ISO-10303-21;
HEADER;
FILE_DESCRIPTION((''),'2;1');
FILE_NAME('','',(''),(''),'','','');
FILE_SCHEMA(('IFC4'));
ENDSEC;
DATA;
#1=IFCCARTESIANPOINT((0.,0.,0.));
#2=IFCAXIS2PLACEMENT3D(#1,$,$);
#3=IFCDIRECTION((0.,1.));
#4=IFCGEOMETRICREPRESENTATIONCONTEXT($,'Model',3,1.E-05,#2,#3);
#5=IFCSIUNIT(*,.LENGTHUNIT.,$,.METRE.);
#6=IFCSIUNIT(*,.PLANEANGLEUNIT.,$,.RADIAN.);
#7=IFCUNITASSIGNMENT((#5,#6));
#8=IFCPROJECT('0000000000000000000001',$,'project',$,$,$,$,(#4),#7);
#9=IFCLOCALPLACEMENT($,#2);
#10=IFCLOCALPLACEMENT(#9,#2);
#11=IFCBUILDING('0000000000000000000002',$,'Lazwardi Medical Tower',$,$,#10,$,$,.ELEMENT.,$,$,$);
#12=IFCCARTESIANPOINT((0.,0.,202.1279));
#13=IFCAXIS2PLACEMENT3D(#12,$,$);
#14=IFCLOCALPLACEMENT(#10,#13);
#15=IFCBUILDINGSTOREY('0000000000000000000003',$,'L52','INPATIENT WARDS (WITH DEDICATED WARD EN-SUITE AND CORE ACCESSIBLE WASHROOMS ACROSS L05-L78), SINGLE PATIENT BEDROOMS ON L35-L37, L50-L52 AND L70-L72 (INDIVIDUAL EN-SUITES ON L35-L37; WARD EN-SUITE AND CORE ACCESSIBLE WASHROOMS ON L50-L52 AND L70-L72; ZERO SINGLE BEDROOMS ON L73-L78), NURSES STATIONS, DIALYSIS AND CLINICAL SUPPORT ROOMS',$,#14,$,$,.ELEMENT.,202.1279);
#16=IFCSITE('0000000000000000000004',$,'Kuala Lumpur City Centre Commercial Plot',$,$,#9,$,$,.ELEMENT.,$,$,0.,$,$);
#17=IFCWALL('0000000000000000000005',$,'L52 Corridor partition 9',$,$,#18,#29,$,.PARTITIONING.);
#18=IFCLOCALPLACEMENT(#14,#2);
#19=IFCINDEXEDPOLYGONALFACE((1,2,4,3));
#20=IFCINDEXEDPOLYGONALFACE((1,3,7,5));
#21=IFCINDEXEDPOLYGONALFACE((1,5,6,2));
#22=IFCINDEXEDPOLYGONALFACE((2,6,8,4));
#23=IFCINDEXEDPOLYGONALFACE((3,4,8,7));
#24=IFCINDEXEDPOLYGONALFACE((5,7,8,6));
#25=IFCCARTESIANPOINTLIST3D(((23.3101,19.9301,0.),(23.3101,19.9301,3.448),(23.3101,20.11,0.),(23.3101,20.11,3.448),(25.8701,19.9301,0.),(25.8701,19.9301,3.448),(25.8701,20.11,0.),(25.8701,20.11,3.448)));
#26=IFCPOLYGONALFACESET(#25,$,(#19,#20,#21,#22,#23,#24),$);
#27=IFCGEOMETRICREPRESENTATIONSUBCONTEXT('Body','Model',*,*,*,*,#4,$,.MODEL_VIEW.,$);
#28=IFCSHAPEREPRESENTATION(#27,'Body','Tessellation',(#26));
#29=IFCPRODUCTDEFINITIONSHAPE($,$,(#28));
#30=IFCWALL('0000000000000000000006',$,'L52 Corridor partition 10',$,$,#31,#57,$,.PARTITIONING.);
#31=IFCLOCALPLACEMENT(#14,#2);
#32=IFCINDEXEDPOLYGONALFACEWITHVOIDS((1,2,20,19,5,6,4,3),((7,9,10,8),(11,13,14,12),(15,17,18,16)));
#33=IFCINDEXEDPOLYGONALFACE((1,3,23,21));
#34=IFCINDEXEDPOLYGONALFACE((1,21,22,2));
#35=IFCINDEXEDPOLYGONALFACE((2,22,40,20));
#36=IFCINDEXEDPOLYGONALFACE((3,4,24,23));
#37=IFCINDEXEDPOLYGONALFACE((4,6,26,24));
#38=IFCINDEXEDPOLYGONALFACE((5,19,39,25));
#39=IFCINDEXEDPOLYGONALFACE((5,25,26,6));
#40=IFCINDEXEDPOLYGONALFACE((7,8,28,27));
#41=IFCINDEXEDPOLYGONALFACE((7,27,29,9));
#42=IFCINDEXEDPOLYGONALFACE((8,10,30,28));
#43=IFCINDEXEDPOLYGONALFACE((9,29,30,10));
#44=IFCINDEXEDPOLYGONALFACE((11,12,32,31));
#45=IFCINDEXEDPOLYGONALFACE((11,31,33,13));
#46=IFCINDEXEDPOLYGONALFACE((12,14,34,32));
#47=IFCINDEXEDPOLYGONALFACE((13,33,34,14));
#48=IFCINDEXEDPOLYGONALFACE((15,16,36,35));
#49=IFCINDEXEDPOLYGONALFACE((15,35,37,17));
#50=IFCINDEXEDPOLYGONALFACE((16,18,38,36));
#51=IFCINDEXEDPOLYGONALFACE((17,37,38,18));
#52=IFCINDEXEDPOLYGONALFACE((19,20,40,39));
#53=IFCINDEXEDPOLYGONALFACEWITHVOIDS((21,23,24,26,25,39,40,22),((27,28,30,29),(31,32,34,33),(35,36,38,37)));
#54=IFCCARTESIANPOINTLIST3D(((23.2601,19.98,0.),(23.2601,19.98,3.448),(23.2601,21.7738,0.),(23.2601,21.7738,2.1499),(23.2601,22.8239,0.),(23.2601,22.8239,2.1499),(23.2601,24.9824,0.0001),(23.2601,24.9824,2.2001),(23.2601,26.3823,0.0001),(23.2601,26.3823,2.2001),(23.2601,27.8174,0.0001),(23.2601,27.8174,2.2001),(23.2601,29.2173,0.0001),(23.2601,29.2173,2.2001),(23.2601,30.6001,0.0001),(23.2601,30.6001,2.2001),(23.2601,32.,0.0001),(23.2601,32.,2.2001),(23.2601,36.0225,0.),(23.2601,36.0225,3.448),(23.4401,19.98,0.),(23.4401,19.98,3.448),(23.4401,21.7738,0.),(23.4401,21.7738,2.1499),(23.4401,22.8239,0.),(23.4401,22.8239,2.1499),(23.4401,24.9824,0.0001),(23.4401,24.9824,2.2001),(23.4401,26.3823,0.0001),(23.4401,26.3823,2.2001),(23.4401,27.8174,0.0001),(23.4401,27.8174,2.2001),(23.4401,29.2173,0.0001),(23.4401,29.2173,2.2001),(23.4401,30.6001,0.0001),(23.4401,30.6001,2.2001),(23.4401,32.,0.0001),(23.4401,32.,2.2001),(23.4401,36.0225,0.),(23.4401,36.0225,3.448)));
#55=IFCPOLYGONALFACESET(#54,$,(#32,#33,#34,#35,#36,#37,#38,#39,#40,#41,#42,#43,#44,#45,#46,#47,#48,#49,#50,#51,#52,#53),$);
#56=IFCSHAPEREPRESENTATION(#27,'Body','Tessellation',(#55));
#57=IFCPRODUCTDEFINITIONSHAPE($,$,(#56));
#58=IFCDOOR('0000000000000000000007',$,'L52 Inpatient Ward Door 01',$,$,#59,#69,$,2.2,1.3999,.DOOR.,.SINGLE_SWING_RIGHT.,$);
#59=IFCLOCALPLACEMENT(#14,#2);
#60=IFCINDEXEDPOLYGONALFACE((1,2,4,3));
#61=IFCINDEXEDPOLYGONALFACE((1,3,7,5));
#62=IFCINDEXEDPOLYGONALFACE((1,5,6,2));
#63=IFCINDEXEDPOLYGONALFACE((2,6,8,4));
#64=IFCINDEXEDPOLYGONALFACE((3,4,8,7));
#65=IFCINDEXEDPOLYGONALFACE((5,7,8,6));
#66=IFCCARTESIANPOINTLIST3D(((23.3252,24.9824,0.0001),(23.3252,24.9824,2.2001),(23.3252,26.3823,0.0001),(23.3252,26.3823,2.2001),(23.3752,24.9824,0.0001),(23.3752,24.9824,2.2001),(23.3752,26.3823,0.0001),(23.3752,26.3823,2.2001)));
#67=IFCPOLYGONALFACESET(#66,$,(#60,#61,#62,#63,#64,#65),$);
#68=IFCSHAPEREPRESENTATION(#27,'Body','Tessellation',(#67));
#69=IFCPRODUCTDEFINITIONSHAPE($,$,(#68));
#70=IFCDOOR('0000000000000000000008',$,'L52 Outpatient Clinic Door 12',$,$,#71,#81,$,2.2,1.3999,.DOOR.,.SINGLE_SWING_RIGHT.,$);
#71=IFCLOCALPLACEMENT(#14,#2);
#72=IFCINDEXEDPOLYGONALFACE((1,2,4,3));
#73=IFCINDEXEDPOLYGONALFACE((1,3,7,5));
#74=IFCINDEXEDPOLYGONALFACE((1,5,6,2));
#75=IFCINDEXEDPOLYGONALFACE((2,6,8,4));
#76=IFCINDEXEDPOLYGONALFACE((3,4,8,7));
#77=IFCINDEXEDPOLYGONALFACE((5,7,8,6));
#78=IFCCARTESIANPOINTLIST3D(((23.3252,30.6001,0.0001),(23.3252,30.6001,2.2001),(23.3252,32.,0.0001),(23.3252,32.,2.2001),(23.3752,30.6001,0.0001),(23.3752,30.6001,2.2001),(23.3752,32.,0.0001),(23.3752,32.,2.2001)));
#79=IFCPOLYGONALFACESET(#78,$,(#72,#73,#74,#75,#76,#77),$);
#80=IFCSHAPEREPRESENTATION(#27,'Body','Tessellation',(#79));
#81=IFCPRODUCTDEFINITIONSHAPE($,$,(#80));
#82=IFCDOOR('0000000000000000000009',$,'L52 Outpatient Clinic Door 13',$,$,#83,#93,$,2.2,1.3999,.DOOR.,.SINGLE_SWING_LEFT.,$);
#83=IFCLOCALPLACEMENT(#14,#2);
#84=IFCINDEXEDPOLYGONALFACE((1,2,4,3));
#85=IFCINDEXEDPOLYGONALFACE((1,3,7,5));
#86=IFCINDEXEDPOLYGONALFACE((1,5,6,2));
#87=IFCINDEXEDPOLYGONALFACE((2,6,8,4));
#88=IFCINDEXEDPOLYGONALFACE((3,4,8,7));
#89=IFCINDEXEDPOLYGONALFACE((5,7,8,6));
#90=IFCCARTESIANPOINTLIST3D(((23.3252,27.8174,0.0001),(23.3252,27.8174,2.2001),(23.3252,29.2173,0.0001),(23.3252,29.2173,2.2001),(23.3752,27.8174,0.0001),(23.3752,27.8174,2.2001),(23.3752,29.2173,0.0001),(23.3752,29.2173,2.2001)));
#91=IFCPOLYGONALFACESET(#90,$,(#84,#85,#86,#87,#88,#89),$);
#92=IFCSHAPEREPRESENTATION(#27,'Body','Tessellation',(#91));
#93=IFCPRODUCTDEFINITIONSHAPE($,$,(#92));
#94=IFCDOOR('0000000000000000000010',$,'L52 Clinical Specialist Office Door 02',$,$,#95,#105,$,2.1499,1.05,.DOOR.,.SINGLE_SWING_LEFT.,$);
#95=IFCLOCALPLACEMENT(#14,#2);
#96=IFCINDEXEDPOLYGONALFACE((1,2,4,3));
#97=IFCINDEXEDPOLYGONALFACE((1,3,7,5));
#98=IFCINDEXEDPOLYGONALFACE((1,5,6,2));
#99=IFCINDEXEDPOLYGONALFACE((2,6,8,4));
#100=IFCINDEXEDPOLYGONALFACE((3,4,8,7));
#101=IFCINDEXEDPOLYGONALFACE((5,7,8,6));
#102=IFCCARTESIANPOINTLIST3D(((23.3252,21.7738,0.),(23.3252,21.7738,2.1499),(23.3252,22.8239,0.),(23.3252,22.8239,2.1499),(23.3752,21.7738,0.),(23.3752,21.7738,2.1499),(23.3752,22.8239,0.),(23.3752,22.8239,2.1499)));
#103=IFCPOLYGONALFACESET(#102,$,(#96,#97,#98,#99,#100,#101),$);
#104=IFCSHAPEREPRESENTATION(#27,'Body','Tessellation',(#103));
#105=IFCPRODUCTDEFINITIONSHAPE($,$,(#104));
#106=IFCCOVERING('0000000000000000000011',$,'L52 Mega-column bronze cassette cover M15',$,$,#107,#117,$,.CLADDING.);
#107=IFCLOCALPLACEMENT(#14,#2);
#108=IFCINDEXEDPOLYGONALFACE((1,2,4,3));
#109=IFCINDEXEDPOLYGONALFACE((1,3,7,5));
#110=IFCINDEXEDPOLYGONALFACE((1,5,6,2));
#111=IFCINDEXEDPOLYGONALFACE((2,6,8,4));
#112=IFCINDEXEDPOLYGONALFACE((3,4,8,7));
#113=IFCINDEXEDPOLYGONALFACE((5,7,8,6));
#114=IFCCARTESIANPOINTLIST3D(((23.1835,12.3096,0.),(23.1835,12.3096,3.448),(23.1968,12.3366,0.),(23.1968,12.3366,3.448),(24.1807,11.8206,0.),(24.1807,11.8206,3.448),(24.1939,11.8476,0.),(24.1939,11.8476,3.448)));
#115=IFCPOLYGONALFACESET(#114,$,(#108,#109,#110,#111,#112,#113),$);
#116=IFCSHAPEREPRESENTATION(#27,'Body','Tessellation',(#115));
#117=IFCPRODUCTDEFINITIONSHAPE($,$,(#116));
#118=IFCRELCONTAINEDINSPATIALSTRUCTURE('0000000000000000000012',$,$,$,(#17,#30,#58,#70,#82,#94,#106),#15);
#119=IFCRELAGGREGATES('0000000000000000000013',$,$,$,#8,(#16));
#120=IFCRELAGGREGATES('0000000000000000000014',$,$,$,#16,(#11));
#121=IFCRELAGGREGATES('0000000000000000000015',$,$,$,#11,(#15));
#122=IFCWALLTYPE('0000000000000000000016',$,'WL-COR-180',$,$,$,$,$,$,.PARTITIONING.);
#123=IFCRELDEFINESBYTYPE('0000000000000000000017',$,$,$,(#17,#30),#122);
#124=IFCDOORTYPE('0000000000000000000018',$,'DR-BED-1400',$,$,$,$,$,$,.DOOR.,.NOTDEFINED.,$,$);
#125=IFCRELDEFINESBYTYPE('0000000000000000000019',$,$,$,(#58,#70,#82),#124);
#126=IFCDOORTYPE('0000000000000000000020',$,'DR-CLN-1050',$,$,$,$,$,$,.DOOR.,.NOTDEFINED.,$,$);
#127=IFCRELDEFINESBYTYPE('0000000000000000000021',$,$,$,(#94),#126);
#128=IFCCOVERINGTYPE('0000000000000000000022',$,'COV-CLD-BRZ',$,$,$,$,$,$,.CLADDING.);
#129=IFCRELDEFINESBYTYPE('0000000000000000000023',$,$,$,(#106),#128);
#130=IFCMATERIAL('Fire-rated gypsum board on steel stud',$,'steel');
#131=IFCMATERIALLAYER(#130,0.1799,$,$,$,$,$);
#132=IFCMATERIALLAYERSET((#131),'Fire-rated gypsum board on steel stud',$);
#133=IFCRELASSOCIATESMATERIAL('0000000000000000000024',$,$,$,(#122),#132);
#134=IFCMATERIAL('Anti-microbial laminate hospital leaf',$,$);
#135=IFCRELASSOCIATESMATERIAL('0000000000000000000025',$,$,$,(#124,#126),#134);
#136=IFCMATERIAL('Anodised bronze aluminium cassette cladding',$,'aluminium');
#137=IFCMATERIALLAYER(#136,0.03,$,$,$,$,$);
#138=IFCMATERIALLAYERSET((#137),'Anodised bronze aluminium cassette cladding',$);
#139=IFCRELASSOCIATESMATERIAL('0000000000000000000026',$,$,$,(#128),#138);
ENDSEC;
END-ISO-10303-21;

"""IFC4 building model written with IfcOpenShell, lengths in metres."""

from ifc_helpers import new_model, si_unit, direction, frame, frame_2d, origin, origin_2d, place, context, subcontext, project, spatial, rectangle, extrude, material, layer, layer_set, type_object, element, fill, save


model = new_model("IFC4")

# Units and contexts
model_context = context("Model", 3, precision=1e-05, world=origin(), true_north=direction((0.0, 1.0)))
body_context = subcontext(model_context, "Body", "Model", "MODEL_VIEW")
ifc_project = project(units=[si_unit("LENGTHUNIT", "METRE"), si_unit("PLANEANGLEUNIT", "RADIAN")], contexts=[model_context])

# Site, building, storey
site_placement = place(None, origin())
site = spatial("IfcSite", under=ifc_project, at=site_placement, Name="Kuala Lumpur City Centre Commercial Plot", CompositionType="ELEMENT", RefElevation=0.0)
building_placement = place(site_placement, origin())
building = spatial("IfcBuilding", under=site, at=building_placement, Name="Lazwardi Medical Tower", CompositionType="ELEMENT")
storey_placement = place(building_placement, frame((0.0, 0.0, 202.1279)))
storey = spatial("IfcBuildingStorey", under=building, at=storey_placement, Name="L52", Description="INPATIENT WARDS (WITH DEDICATED WARD EN-SUITE AND CORE ACCESSIBLE WASHROOMS ACROSS L05-L78), SINGLE PATIENT BEDROOMS ON L35-L37, L50-L52 AND L70-L72 (INDIVIDUAL EN-SUITES ON L35-L37; WARD EN-SUITE AND CORE ACCESSIBLE WASHROOMS ON L50-L52 AND L70-L72; ZERO SINGLE BEDROOMS ON L73-L78), NURSES STATIONS, DIALYSIS AND CLINICAL SUPPORT ROOMS", CompositionType="ELEMENT", Elevation=202.1279)

# Wall
ifc_material_1 = material(Name="Fire-rated gypsum board on steel stud", Category="steel")
ifc_layer_1 = layer(ifc_material_1, 0.1799)
ifc_layer_set_1 = layer_set([ifc_layer_1], Name="Fire-rated gypsum board on steel stud")
wall_type = type_object("IfcWallType", Name="WL-COR-180", PredefinedType="PARTITIONING", material=ifc_layer_set_1)
wall_1_placement = place(storey_placement, frame((25.8701, 20.02, 0.0), z_axis=(0.0, 0.0, 1.0), x_axis=(-1.0, 0.0, 0.0)))
element("IfcWall", 1, at=wall_1_placement, inside=storey, type_object=wall_type, Name="L52 Corridor partition 9", PredefinedType="PARTITIONING", context=body_context, shape_type="SweptSolid", body=[
    extrude(rectangle(XDim=2.5601, YDim=0.1799, at=frame_2d((1.28, 0.0))), origin(), (0.0, 0.0, 1.0), 3.448),
])

# Wall, openings, doors
wall_2_placement = place(storey_placement, frame((23.3501, 19.98, 0.0), z_axis=(0.0, 0.0, 1.0), x_axis=(0.0, 1.0, 0.0)))
wall_2 = element("IfcWall", 2, at=wall_2_placement, inside=storey, type_object=wall_type, Name="L52 Corridor partition 10", PredefinedType="PARTITIONING", context=body_context, shape_type="SweptSolid", body=[
    extrude(rectangle(XDim=16.0425, YDim=0.1799, at=frame_2d((8.0212, 0.0))), origin(), (0.0, 0.0, 1.0), 3.448),
])
opening_1_placement = place(wall_2_placement, frame((5.0024, 0.0, 0.0)))
opening_1 = element("IfcOpeningElement", 3, at=opening_1_placement, cuts=wall_2, PredefinedType="OPENING", context=body_context, shape_type="SweptSolid", body=[
    extrude(rectangle(XDim=1.3999, YDim=2.2, at=frame_2d((0.7, 1.1001))), frame((0.0, 0.0999, 0.0), z_axis=(0.0, -1.0, 0.0), x_axis=(1.0, 0.0, 0.0)), (0.0, 0.0, 1.0), 0.2),
])
opening_2_placement = place(wall_2_placement, frame((1.7939, 0.0, 0.0)))
opening_2 = element("IfcOpeningElement", 4, at=opening_2_placement, cuts=wall_2, PredefinedType="OPENING", context=body_context, shape_type="SweptSolid", body=[
    extrude(rectangle(XDim=1.05, YDim=2.1499, at=frame_2d((0.5249, 1.075))), frame((0.0, 0.0999, 0.0), z_axis=(0.0, -1.0, 0.0), x_axis=(1.0, 0.0, 0.0)), (0.0, 0.0, 1.0), 0.2),
])
opening_3_placement = place(wall_2_placement, frame((10.6201, 0.0, 0.0)))
opening_3 = element("IfcOpeningElement", 5, at=opening_3_placement, cuts=wall_2, PredefinedType="OPENING", context=body_context, shape_type="SweptSolid", body=[
    extrude(rectangle(XDim=1.3999, YDim=2.2, at=frame_2d((0.7, 1.1001))), frame((0.0, 0.0999, 0.0), z_axis=(0.0, -1.0, 0.0), x_axis=(1.0, 0.0, 0.0)), (0.0, 0.0, 1.0), 0.2),
])
opening_4_placement = place(wall_2_placement, frame((7.8374, 0.0, 0.0)))
opening_4 = element("IfcOpeningElement", 6, at=opening_4_placement, cuts=wall_2, PredefinedType="OPENING", context=body_context, shape_type="SweptSolid", body=[
    extrude(rectangle(XDim=1.3999, YDim=2.2, at=frame_2d((0.7, 1.1001))), frame((0.0, 0.0999, 0.0), z_axis=(0.0, -1.0, 0.0), x_axis=(1.0, 0.0, 0.0)), (0.0, 0.0, 1.0), 0.2),
])
ifc_material_2 = material(Name="Anti-microbial laminate hospital leaf")
door_type_1 = type_object("IfcDoorType", Name="DR-BED-1400", OperationType="NOTDEFINED", PredefinedType="DOOR", material=ifc_material_2)
door_1_placement = place(opening_1_placement, origin())
door_1 = element("IfcDoor", 7, at=door_1_placement, inside=storey, type_object=door_type_1, Name="L52 Inpatient Ward Door 01", OperationType="SINGLE_SWING_RIGHT", OverallHeight=2.2, OverallWidth=1.3999, PredefinedType="DOOR", context=body_context, shape_type="SweptSolid", body=[
    extrude(rectangle(XDim=1.3999, YDim=2.2, at=frame_2d((0.7, 1.1001))), frame((0.0, 0.0249, 0.0), z_axis=(0.0, -1.0, 0.0), x_axis=(1.0, 0.0, 0.0)), (0.0, 0.0, 1.0), 0.05),
])
fill(opening_1, door_1)
door_2_placement = place(opening_3_placement, origin())
door_2 = element("IfcDoor", 8, at=door_2_placement, inside=storey, type_object=door_type_1, Name="L52 Outpatient Clinic Door 12", OperationType="SINGLE_SWING_RIGHT", OverallHeight=2.2, OverallWidth=1.3999, PredefinedType="DOOR", context=body_context, shape_type="SweptSolid", body=[
    extrude(rectangle(XDim=1.3999, YDim=2.2, at=frame_2d((0.7, 1.1001))), frame((0.0, 0.0249, 0.0), z_axis=(0.0, -1.0, 0.0), x_axis=(1.0, 0.0, 0.0)), (0.0, 0.0, 1.0), 0.05),
])
fill(opening_3, door_2)
door_3_placement = place(opening_4_placement, origin())
door_3 = element("IfcDoor", 9, at=door_3_placement, inside=storey, type_object=door_type_1, Name="L52 Outpatient Clinic Door 13", OperationType="SINGLE_SWING_LEFT", OverallHeight=2.2, OverallWidth=1.3999, PredefinedType="DOOR", context=body_context, shape_type="SweptSolid", body=[
    extrude(rectangle(XDim=1.3999, YDim=2.2, at=frame_2d((0.7, 1.1001))), frame((0.0, 0.0249, 0.0), z_axis=(0.0, -1.0, 0.0), x_axis=(1.0, 0.0, 0.0)), (0.0, 0.0, 1.0), 0.05),
])
fill(opening_4, door_3)
door_type_2 = type_object("IfcDoorType", Name="DR-CLN-1050", OperationType="NOTDEFINED", PredefinedType="DOOR", material=ifc_material_2)
door_4_placement = place(opening_2_placement, origin())
door_4 = element("IfcDoor", 10, at=door_4_placement, inside=storey, type_object=door_type_2, Name="L52 Clinical Specialist Office Door 02", OperationType="SINGLE_SWING_LEFT", OverallHeight=2.1499, OverallWidth=1.05, PredefinedType="DOOR", context=body_context, shape_type="SweptSolid", body=[
    extrude(rectangle(XDim=1.05, YDim=2.1499, at=frame_2d((0.5249, 1.075))), frame((0.0, 0.0249, 0.0), z_axis=(0.0, -1.0, 0.0), x_axis=(1.0, 0.0, 0.0)), (0.0, 0.0, 1.0), 0.05),
])
fill(opening_2, door_4)

# Covering
ifc_material_3 = material(Name="Anodised bronze aluminium cassette cladding", Category="aluminium")
ifc_layer_2 = layer(ifc_material_3, 0.03)
ifc_layer_set_2 = layer_set([ifc_layer_2], Name="Anodised bronze aluminium cassette cladding")
covering_type = type_object("IfcCoveringType", Name="COV-CLD-BRZ", PredefinedType="CLADDING", material=ifc_layer_set_2)
covering_placement = place(storey_placement, frame((23.6887, 12.0786, 0.0), z_axis=(0.0, 0.0, 1.0), x_axis=(0.89784, -0.440322, 0.0)))
element("IfcCovering", 11, at=covering_placement, inside=storey, type_object=covering_type, Name="L52 Mega-column bronze cassette cover M15", PredefinedType="CLADDING", context=body_context, shape_type="SweptSolid", body=[
    extrude(rectangle(XDim=1.1106, YDim=0.03, at=origin_2d()), origin(), (0.0, 0.0, 1.0), 3.448),
])

save(model, "model.ifc")
